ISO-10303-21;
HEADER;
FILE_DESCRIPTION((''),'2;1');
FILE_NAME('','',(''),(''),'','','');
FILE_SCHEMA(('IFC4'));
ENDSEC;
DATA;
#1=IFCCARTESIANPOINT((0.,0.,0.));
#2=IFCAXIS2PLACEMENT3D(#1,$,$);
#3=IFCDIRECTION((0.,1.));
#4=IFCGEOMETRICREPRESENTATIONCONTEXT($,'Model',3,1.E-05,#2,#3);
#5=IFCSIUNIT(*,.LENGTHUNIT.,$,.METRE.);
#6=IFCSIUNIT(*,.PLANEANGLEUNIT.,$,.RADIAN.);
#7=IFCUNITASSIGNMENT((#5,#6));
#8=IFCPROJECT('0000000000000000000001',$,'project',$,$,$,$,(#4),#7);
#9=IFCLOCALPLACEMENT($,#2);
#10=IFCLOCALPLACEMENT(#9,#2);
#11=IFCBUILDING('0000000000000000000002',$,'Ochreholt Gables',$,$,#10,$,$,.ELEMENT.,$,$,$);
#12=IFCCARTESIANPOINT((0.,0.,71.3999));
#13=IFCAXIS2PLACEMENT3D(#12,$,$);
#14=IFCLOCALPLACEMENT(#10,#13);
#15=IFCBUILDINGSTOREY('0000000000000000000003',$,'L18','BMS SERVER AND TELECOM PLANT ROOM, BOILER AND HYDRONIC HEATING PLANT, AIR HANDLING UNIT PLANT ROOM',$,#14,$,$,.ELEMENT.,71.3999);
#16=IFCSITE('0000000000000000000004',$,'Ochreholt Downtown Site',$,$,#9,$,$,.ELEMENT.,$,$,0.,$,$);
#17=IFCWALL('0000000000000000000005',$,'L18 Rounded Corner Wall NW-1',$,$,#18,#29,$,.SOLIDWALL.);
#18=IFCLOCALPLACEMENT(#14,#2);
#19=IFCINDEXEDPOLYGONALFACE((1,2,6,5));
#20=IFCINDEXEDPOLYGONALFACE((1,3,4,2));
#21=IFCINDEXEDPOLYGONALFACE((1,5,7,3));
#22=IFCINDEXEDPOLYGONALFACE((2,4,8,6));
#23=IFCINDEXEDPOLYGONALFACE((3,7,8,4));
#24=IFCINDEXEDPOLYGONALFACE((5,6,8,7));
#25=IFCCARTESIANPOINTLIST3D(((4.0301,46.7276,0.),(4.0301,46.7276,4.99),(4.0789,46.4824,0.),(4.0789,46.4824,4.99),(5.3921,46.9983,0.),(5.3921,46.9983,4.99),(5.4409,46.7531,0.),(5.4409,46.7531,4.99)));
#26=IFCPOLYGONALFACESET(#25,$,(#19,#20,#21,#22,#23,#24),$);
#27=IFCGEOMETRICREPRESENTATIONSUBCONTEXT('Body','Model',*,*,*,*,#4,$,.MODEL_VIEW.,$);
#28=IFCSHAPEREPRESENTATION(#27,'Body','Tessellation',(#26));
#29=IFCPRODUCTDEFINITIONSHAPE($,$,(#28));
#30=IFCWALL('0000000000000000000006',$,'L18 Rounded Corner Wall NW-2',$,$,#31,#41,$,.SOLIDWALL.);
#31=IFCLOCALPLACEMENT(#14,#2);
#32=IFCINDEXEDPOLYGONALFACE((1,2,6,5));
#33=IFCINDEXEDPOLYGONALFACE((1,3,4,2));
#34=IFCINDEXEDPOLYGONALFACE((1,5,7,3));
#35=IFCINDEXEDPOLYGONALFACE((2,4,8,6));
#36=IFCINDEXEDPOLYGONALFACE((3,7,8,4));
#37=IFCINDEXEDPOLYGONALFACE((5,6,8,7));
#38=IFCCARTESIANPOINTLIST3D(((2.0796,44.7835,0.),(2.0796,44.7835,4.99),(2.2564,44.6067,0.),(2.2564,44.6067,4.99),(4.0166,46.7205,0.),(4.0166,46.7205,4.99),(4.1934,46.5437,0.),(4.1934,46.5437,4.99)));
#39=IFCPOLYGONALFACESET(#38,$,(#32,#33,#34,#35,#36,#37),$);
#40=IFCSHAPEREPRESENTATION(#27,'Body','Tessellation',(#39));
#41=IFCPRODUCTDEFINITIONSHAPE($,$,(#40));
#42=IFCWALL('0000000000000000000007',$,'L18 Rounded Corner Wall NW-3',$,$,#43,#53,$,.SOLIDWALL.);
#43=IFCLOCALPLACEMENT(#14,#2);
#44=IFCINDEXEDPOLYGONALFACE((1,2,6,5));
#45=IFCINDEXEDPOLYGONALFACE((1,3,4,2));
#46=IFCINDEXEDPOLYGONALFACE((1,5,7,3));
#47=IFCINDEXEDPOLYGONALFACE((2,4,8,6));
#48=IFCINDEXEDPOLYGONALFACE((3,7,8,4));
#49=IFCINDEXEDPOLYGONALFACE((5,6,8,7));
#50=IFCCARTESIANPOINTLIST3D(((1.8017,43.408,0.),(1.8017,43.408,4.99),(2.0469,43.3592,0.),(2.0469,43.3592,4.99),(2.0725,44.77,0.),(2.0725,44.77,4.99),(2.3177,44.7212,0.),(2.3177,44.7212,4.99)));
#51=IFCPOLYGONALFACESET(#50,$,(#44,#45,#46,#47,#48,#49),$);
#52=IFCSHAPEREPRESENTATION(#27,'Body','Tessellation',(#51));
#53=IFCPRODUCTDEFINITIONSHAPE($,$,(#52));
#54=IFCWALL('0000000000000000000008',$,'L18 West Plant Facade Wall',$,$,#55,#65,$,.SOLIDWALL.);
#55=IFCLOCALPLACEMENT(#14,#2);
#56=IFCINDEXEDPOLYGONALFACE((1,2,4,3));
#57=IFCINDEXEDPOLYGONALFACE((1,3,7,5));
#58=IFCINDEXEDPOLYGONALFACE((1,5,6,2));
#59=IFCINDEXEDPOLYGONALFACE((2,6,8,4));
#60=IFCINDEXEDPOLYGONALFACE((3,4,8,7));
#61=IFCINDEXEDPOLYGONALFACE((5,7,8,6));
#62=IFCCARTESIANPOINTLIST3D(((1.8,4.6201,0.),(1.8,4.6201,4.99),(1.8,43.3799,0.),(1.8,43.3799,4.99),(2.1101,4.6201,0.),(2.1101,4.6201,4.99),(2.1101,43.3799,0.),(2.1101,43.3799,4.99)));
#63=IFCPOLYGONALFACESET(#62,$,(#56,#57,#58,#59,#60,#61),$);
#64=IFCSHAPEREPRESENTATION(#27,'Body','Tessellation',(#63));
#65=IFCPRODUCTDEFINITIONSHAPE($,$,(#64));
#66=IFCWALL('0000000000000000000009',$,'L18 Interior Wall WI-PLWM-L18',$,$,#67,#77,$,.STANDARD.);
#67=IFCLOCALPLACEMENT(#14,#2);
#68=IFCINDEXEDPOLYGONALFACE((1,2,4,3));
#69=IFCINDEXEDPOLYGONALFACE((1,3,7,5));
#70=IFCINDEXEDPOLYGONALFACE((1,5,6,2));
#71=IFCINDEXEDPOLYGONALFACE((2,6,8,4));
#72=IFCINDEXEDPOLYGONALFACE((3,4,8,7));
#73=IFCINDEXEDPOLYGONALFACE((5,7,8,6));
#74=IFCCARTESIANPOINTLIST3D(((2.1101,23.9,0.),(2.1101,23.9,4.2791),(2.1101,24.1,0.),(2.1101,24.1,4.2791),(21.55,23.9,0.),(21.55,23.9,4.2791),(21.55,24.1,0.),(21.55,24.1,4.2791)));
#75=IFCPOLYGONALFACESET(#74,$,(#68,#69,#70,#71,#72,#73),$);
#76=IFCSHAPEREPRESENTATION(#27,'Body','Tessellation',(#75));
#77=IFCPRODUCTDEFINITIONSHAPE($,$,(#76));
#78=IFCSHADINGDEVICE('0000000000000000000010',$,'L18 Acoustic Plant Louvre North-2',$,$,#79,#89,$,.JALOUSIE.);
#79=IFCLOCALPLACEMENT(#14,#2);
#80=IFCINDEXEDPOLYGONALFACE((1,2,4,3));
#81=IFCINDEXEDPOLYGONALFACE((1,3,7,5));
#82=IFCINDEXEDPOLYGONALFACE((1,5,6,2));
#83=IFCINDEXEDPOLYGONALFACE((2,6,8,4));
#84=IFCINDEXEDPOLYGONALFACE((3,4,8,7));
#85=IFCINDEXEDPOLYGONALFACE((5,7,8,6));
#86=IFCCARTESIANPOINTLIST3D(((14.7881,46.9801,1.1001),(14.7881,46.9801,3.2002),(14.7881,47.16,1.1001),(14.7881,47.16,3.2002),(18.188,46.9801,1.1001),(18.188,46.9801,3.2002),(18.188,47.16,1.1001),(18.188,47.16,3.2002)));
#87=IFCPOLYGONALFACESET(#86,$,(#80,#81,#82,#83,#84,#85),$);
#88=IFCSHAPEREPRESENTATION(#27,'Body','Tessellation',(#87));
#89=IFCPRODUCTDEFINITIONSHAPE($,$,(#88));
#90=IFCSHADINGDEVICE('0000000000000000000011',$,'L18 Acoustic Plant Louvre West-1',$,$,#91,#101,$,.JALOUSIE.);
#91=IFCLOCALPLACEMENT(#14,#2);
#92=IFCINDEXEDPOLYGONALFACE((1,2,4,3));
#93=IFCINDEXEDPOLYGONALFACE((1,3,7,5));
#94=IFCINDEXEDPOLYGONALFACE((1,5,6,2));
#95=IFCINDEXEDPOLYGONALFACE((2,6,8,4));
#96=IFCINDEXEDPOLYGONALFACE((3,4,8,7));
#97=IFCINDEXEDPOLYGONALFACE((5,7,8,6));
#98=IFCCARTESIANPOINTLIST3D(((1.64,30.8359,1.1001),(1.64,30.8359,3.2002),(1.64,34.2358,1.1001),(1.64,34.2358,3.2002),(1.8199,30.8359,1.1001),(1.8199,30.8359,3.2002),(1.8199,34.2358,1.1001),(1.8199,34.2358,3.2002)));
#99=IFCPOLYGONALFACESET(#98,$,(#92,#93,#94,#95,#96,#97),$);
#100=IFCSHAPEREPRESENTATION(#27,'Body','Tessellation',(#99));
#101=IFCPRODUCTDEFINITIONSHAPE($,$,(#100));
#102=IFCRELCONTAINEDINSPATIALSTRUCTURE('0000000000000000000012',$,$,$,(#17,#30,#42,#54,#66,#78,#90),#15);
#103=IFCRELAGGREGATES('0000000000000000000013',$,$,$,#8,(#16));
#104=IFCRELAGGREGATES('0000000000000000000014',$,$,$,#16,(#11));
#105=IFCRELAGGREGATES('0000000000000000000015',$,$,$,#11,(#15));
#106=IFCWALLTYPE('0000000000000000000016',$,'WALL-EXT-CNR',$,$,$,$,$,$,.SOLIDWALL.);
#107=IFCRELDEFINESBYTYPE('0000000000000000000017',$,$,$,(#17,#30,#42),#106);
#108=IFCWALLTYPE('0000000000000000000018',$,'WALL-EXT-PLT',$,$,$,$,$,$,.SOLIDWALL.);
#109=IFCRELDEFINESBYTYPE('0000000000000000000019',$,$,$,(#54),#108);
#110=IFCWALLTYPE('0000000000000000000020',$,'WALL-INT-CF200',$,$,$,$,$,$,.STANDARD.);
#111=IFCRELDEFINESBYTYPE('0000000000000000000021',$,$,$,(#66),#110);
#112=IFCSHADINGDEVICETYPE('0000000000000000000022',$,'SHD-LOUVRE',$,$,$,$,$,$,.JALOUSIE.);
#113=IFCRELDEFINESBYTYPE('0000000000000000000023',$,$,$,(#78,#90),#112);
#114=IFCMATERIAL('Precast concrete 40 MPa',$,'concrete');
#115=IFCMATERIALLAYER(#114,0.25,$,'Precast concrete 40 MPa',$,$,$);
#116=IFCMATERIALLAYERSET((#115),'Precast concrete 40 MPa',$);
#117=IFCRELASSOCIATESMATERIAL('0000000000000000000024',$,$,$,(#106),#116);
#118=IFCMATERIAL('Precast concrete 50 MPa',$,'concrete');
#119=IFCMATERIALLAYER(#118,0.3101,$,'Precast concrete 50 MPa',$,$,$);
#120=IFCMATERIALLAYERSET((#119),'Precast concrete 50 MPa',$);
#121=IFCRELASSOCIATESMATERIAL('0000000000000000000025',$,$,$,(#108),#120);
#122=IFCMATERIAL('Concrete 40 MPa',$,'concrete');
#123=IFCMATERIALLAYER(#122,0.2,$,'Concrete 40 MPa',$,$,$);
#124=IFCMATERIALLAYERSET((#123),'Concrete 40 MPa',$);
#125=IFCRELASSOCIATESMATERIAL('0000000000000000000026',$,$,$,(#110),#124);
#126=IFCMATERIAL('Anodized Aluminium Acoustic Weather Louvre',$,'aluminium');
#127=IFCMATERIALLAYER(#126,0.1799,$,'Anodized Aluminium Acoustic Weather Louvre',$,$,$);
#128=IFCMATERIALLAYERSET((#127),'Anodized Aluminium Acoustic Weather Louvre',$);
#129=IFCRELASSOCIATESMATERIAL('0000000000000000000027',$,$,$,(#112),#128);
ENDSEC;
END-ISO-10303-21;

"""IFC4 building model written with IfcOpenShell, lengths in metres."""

from ifc_helpers import new_model, si_unit, direction, frame, frame_2d, origin, origin_2d, place, context, subcontext, project, spatial, rectangle, extrude, material, layer, layer_set, type_object, element, save


model = new_model("IFC4")

# Units and contexts
model_context = context("Model", 3, precision=1e-05, world=origin(), true_north=direction((0.0, 1.0)))
body_context = subcontext(model_context, "Body", "Model", "MODEL_VIEW")
ifc_project = project(units=[si_unit("LENGTHUNIT", "METRE"), si_unit("PLANEANGLEUNIT", "RADIAN")], contexts=[model_context])

# Site, building, storey
site_placement = place(None, origin())
site = spatial("IfcSite", under=ifc_project, at=site_placement, Name="Ochreholt Downtown Site", CompositionType="ELEMENT", RefElevation=0.0)
building_placement = place(site_placement, origin())
building = spatial("IfcBuilding", under=site, at=building_placement, Name="Ochreholt Gables", CompositionType="ELEMENT")
storey_placement = place(building_placement, frame((0.0, 0.0, 71.3999)))
storey = spatial("IfcBuildingStorey", under=building, at=storey_placement, Name="L18", Description="BMS SERVER AND TELECOM PLANT ROOM, BOILER AND HYDRONIC HEATING PLANT, AIR HANDLING UNIT PLANT ROOM", CompositionType="ELEMENT", Elevation=71.3999)

# Walls
ifc_material_1 = material(Name="Precast concrete 40 MPa", Category="concrete")
ifc_layer_1 = layer(ifc_material_1, 0.25, Name="Precast concrete 40 MPa")
ifc_layer_set_1 = layer_set([ifc_layer_1], Name="Precast concrete 40 MPa")
wall_type_1 = type_object("IfcWallType", Name="WALL-EXT-CNR", PredefinedType="SOLIDWALL", material=ifc_layer_set_1)
wall_1_placement = place(storey_placement, frame((5.4165, 46.8757, 0.0), z_axis=(0.0, 0.0, 1.0), x_axis=(-0.98081, -0.194967, 0.0)))
element("IfcWall", 1, at=wall_1_placement, inside=storey, type_object=wall_type_1, Name="L18 Rounded Corner Wall NW-1", PredefinedType="SOLIDWALL", context=body_context, shape_type="SweptSolid", body=[
    extrude(rectangle(XDim=1.3887, YDim=0.25, at=frame_2d((0.6943, 0.0))), origin(), (0.0, 0.0, 1.0), 4.99),
])
wall_2_placement = place(storey_placement, frame((4.105, 46.6321, 0.0), z_axis=(0.0, 0.0, 1.0), x_axis=(-0.707107, -0.707107, 0.0)))
element("IfcWall", 2, at=wall_2_placement, inside=storey, type_object=wall_type_1, Name="L18 Rounded Corner Wall NW-2", PredefinedType="SOLIDWALL", context=body_context, shape_type="SweptSolid", body=[
    extrude(rectangle(XDim=2.7393, YDim=0.25, at=frame_2d((1.3696, 0.0))), origin(), (0.0, 0.0, 1.0), 4.99),
])
wall_3_placement = place(storey_placement, frame((2.1951, 44.7456, 0.0), z_axis=(0.0, 0.0, 1.0), x_axis=(-0.194967, -0.98081, 0.0)))
element("IfcWall", 3, at=wall_3_placement, inside=storey, type_object=wall_type_1, Name="L18 Rounded Corner Wall NW-3", PredefinedType="SOLIDWALL", context=body_context, shape_type="SweptSolid", body=[
    extrude(rectangle(XDim=1.3887, YDim=0.25, at=frame_2d((0.6943, 0.0))), origin(), (0.0, 0.0, 1.0), 4.99),
])
ifc_material_2 = material(Name="Precast concrete 50 MPa", Category="concrete")
ifc_layer_2 = layer(ifc_material_2, 0.3101, Name="Precast concrete 50 MPa")
ifc_layer_set_2 = layer_set([ifc_layer_2], Name="Precast concrete 50 MPa")
wall_type_2 = type_object("IfcWallType", Name="WALL-EXT-PLT", PredefinedType="SOLIDWALL", material=ifc_layer_set_2)
wall_4_placement = place(storey_placement, frame((1.9551, 43.3799, 0.0), z_axis=(0.0, 0.0, 1.0), x_axis=(0.0, -1.0, 0.0)))
element("IfcWall", 4, at=wall_4_placement, inside=storey, type_object=wall_type_2, Name="L18 West Plant Facade Wall", PredefinedType="SOLIDWALL", context=body_context, shape_type="SweptSolid", body=[
    extrude(rectangle(XDim=38.7598, YDim=0.3101, at=frame_2d((19.3799, 0.0))), origin(), (0.0, 0.0, 1.0), 4.99),
])
ifc_material_3 = material(Name="Concrete 40 MPa", Category="concrete")
ifc_layer_3 = layer(ifc_material_3, 0.2, Name="Concrete 40 MPa")
ifc_layer_set_3 = layer_set([ifc_layer_3], Name="Concrete 40 MPa")
wall_type_3 = type_object("IfcWallType", Name="WALL-INT-CF200", PredefinedType="STANDARD", material=ifc_layer_set_3)
wall_5_placement = place(storey_placement, frame((2.1101, 24.0, 0.0), z_axis=(0.0, 0.0, 1.0), x_axis=(1.0, 0.0, 0.0)))
element("IfcWall", 5, at=wall_5_placement, inside=storey, type_object=wall_type_3, Name="L18 Interior Wall WI-PLWM-L18", PredefinedType="STANDARD", context=body_context, shape_type="SweptSolid", body=[
    extrude(rectangle(XDim=19.4399, YDim=0.2, at=frame_2d((9.72, 0.0))), origin(), (0.0, 0.0, 1.0), 4.2791),
])

# Shading devices
ifc_material_4 = material(Name="Anodized Aluminium Acoustic Weather Louvre", Category="aluminium")
ifc_layer_4 = layer(ifc_material_4, 0.1799, Name="Anodized Aluminium Acoustic Weather Louvre")
ifc_layer_set_4 = layer_set([ifc_layer_4], Name="Anodized Aluminium Acoustic Weather Louvre")
shading_device_type = type_object("IfcShadingDeviceType", Name="SHD-LOUVRE", PredefinedType="JALOUSIE", material=ifc_layer_set_4)
for number, where, z_axis, x_axis, name in (
    (6, (16.488, 47.0701, 1.1001), (0.0, 0.0, 1.0), (-1.0, 0.0, 0.0), "L18 Acoustic Plant Louvre North-2"),
    (7, (1.73, 32.5359, 1.1001), (0.0, 0.0, 1.0), (0.0, -1.0, 0.0), "L18 Acoustic Plant Louvre West-1"),
):
    element("IfcShadingDevice", number, at=place(storey_placement, frame(where, z_axis=z_axis, x_axis=x_axis)), inside=storey, type_object=shading_device_type, Name=name, PredefinedType="JALOUSIE", context=body_context, shape_type="SweptSolid", body=[
        extrude(rectangle(XDim=3.3999, YDim=0.1799, at=origin_2d()), origin(), (0.0, 0.0, 1.0), 2.1001),
    ])

save(model, "model.ifc")
